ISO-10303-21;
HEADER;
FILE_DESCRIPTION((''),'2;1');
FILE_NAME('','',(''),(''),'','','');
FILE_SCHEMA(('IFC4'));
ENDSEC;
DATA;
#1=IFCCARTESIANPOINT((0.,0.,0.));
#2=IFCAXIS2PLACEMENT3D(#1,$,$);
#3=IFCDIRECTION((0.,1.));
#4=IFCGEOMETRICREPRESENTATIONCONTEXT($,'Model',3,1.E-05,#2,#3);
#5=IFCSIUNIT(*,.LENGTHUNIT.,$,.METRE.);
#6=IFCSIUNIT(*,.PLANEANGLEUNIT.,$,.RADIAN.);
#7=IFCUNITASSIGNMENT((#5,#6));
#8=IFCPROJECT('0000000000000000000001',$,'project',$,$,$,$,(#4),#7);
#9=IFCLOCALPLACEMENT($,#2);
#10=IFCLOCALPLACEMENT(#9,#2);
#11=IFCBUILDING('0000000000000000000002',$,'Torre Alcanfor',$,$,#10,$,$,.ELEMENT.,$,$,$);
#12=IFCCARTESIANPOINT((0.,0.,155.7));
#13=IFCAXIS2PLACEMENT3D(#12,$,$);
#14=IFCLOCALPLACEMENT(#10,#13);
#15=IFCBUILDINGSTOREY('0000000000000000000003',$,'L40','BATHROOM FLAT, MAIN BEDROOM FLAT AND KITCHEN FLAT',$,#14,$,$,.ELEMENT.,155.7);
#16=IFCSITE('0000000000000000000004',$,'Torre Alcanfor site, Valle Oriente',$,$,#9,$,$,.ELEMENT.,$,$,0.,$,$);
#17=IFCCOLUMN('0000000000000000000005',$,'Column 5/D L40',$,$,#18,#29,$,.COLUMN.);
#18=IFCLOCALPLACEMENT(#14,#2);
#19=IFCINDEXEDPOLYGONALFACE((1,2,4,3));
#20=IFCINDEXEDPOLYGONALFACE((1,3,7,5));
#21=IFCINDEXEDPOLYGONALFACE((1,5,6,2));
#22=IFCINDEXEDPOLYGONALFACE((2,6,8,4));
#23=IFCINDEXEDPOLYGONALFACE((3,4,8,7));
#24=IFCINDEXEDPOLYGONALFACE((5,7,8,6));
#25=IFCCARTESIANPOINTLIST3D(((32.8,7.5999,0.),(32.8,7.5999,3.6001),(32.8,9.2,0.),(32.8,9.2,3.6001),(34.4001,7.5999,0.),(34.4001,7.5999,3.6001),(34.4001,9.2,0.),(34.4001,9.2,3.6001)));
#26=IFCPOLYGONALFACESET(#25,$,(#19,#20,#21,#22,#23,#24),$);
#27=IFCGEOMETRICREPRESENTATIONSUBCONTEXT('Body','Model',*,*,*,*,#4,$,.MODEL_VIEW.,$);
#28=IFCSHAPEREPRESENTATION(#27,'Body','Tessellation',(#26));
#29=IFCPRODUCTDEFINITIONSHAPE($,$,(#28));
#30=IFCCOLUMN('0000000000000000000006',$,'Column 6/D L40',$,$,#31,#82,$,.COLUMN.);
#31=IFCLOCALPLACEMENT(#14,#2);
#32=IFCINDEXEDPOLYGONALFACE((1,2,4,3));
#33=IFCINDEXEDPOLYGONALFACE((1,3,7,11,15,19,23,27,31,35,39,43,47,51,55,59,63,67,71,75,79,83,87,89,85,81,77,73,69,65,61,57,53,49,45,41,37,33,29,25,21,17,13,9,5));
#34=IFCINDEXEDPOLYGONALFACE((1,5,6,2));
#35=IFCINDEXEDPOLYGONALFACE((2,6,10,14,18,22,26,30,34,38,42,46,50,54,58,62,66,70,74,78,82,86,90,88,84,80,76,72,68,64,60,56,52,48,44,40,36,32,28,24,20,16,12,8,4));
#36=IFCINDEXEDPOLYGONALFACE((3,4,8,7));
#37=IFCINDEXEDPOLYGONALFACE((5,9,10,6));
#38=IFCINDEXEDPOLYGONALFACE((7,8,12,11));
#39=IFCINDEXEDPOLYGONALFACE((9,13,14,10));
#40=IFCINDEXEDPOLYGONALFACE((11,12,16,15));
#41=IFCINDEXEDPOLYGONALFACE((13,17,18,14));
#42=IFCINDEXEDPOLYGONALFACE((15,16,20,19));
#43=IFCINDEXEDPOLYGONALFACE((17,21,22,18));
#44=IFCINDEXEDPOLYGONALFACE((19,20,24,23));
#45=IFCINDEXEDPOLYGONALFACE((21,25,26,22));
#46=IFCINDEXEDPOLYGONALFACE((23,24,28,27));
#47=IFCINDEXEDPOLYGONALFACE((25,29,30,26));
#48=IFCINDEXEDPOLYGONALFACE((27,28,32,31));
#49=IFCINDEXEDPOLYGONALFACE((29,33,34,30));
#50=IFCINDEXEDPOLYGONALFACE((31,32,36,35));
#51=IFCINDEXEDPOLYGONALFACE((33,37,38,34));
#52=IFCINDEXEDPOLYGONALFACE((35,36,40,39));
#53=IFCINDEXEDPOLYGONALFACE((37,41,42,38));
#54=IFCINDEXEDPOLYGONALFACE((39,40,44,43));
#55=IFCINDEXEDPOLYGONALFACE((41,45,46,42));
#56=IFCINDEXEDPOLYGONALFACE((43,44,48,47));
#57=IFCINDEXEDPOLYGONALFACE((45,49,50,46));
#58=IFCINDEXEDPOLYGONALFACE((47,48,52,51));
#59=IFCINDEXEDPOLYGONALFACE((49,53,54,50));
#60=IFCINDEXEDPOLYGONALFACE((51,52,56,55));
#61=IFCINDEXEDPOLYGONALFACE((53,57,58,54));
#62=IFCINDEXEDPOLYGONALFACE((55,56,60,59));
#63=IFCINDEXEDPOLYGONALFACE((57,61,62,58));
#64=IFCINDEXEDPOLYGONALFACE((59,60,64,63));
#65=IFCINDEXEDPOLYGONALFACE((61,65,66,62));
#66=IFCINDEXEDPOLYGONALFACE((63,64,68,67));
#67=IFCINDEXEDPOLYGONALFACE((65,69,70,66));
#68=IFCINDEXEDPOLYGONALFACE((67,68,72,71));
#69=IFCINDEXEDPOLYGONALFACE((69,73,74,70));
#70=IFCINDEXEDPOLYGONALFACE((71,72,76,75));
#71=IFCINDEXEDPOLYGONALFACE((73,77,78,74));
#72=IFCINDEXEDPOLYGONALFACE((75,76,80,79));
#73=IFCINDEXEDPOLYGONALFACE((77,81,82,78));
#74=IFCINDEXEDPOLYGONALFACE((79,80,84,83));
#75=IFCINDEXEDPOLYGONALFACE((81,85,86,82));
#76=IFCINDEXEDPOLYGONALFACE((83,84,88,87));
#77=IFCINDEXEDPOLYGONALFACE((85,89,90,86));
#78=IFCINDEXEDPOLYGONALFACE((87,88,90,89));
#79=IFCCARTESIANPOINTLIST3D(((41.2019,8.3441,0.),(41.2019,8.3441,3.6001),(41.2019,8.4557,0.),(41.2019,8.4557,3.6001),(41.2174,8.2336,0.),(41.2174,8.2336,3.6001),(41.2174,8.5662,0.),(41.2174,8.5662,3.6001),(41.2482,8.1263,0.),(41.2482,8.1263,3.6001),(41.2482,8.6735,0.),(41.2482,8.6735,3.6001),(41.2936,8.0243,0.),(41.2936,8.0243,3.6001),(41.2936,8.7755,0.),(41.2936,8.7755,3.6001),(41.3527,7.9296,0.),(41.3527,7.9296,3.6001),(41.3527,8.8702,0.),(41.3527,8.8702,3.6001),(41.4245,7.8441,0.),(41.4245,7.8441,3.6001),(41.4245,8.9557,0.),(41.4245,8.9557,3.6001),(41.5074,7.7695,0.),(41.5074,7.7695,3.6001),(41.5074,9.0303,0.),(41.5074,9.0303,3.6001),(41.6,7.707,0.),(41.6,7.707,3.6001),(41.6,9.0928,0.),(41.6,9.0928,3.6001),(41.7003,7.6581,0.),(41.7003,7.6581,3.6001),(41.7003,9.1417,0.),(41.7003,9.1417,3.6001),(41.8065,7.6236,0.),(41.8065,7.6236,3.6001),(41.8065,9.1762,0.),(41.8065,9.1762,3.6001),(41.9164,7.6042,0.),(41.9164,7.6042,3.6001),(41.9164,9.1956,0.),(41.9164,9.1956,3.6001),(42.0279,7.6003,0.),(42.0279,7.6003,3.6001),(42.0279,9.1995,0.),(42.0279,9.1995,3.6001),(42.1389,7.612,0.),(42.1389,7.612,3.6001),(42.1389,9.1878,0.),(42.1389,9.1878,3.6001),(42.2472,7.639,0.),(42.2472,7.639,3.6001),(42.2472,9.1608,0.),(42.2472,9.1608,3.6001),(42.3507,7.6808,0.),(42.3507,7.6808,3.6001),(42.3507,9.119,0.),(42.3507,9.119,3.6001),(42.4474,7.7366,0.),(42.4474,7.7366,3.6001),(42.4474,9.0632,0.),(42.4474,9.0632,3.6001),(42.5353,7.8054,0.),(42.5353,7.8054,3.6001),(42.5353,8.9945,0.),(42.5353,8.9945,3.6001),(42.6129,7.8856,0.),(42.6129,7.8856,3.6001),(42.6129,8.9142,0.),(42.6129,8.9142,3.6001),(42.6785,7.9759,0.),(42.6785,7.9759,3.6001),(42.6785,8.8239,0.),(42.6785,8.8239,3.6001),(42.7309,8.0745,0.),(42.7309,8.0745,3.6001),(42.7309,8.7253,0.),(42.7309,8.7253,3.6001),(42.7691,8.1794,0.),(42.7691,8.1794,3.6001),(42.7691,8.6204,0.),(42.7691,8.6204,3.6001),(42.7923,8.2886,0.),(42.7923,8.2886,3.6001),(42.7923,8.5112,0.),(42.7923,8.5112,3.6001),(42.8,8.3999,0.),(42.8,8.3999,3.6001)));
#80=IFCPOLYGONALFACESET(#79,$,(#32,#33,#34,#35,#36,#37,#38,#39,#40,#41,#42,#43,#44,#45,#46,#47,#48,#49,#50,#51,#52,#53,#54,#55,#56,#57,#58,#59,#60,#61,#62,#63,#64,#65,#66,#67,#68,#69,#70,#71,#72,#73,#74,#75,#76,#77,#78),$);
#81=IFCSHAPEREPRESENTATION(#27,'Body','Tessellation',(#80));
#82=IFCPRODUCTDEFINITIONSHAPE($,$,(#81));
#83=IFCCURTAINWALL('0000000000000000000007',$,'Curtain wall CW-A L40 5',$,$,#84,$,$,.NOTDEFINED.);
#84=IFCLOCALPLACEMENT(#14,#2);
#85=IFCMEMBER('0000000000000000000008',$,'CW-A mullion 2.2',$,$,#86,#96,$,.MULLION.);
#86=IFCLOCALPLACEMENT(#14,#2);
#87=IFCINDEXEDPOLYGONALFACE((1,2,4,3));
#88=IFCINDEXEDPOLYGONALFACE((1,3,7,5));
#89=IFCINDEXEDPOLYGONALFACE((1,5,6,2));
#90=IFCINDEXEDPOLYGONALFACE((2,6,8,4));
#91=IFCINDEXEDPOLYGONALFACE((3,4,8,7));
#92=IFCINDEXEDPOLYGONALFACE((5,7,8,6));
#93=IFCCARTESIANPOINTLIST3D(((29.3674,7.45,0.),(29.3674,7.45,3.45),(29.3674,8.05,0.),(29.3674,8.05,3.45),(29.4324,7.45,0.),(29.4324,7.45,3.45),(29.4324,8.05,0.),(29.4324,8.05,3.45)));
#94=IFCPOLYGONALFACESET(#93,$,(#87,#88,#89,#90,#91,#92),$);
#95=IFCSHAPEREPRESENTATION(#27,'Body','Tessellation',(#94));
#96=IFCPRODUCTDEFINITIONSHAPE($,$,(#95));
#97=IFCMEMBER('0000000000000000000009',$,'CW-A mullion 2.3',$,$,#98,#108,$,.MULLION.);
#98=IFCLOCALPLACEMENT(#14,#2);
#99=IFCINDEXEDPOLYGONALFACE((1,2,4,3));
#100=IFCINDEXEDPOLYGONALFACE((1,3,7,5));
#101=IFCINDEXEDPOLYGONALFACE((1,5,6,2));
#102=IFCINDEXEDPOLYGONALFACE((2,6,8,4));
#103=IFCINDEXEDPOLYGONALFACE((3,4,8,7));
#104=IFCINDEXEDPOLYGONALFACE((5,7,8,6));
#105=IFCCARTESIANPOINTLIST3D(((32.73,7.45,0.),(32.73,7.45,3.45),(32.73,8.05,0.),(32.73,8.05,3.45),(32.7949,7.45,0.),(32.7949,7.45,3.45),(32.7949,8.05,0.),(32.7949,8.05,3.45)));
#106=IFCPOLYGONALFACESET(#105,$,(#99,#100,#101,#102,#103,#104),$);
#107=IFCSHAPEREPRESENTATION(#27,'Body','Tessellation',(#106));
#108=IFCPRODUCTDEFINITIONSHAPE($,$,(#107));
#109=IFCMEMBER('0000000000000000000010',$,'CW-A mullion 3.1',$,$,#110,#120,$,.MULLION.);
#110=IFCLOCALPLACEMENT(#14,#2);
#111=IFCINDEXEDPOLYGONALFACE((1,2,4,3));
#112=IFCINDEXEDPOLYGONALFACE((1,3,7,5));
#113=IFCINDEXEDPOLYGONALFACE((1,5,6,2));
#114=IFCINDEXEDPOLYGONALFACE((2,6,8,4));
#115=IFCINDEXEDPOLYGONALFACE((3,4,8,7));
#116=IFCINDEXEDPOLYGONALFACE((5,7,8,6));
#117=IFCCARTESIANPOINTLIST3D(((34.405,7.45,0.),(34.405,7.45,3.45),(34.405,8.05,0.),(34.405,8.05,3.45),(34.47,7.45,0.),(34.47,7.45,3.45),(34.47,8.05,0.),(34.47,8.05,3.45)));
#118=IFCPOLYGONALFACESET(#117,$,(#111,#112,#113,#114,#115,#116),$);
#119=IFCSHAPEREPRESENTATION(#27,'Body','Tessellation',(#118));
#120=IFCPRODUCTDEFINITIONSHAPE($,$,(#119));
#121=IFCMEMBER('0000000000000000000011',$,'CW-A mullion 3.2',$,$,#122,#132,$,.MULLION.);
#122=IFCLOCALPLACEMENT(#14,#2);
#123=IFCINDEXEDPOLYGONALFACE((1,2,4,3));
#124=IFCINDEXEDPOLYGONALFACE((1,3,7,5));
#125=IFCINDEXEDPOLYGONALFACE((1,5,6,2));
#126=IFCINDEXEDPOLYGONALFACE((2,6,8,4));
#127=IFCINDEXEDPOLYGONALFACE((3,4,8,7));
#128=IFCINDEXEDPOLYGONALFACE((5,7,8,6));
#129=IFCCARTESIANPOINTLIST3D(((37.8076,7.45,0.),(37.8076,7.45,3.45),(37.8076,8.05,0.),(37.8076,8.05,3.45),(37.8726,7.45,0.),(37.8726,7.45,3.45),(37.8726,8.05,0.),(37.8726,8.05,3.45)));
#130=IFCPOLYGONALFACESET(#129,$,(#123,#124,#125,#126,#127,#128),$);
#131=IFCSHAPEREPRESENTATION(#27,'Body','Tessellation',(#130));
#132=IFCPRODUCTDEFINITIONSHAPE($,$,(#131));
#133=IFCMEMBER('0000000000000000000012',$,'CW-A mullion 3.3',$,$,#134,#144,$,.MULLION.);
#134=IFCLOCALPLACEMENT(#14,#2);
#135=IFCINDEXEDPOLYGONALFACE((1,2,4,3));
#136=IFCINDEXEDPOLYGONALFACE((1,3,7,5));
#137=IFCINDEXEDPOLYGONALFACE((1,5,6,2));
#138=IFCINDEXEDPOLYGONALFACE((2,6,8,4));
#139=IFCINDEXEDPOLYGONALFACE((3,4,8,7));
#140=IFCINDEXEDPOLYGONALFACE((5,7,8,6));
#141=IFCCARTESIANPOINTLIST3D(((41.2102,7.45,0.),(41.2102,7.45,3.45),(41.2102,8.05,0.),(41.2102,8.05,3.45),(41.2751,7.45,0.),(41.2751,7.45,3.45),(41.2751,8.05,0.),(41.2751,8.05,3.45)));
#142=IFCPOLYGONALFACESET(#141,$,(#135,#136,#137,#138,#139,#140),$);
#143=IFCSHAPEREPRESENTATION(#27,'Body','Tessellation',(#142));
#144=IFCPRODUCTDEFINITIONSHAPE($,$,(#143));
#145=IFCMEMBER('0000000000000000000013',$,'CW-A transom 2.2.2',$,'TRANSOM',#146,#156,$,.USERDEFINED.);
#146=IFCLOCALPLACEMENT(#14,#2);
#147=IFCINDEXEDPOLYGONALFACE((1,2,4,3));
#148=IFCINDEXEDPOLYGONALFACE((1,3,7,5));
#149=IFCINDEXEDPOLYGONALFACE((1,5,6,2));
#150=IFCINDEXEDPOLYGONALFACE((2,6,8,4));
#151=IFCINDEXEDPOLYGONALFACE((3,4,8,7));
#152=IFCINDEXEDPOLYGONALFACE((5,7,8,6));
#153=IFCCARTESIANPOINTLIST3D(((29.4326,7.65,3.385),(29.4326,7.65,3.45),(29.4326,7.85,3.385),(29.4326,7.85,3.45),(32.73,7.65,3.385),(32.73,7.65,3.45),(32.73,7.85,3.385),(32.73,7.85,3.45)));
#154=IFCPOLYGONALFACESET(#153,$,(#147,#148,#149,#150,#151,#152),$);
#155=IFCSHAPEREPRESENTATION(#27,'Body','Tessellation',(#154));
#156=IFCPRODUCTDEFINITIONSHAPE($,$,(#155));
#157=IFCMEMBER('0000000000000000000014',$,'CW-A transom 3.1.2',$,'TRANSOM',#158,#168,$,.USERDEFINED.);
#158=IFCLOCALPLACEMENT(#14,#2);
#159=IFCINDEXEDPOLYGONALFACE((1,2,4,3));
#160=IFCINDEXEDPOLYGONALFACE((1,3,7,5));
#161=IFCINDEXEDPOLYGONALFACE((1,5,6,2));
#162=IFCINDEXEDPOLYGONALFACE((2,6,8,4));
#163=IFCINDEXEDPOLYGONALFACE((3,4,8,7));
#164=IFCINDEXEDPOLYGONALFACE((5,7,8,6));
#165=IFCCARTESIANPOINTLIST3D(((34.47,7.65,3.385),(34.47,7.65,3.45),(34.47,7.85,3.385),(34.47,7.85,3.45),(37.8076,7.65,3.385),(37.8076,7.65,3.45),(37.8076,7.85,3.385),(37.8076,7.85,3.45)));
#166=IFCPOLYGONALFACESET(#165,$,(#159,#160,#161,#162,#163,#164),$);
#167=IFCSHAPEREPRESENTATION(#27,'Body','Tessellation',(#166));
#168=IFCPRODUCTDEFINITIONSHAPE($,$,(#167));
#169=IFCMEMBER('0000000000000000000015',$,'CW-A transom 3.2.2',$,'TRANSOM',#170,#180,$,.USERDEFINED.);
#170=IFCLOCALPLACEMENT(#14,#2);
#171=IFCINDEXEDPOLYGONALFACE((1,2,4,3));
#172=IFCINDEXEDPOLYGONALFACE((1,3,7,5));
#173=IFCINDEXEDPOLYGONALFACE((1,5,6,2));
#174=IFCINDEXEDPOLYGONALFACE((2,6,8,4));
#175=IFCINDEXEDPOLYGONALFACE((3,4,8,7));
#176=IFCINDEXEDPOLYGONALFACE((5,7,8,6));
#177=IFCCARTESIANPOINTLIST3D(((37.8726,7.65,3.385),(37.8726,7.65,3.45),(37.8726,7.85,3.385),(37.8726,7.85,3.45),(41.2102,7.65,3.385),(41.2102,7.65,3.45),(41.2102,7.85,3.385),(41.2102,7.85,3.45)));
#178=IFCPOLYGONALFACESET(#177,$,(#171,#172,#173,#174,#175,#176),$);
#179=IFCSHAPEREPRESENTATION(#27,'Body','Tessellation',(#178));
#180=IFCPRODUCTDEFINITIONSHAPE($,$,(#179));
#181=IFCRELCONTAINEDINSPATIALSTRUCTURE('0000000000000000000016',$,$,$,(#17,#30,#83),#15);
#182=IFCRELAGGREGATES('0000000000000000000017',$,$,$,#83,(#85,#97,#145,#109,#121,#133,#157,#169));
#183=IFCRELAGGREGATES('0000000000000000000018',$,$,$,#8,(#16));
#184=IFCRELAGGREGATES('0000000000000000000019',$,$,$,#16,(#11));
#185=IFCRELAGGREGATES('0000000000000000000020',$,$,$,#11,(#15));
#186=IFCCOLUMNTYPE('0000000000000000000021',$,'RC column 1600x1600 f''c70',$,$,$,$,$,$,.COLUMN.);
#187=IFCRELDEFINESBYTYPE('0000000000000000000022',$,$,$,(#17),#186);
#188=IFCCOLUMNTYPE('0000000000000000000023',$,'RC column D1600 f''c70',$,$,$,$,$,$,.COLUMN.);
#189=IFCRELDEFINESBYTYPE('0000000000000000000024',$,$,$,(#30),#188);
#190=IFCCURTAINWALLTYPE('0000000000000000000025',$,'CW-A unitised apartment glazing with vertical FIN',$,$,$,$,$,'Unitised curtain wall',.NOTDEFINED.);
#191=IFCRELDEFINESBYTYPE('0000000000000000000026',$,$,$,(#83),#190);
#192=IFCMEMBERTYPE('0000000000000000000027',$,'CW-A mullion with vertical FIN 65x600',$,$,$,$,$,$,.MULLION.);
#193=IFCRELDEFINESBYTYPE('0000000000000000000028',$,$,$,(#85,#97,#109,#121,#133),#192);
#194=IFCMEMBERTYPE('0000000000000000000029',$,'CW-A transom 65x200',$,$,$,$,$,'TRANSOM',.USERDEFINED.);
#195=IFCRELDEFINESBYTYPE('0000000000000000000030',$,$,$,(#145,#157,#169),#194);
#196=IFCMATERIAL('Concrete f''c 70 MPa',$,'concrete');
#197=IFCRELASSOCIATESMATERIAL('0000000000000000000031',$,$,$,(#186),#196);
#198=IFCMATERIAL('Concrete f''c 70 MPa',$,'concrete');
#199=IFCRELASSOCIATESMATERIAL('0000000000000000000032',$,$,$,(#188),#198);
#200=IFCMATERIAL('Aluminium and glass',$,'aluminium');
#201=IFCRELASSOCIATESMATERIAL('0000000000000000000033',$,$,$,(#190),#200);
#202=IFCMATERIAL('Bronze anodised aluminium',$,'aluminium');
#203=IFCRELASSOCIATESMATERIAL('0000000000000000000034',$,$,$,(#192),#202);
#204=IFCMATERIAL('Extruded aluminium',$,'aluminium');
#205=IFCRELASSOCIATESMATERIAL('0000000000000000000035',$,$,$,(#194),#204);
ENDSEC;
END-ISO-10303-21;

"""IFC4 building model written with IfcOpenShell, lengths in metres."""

from ifc_helpers import new_model, si_unit, direction, frame, origin, origin_2d, place, context, subcontext, project, spatial, rectangle, circle, extrude, material, material_profile, profile_set, type_object, element, aggregate, save


model = new_model("IFC4")

# Units and contexts
model_context = context("Model", 3, precision=1e-05, world=origin(), true_north=direction((0.0, 1.0)))
body_context = subcontext(model_context, "Body", "Model", "MODEL_VIEW")
ifc_project = project(units=[si_unit("LENGTHUNIT", "METRE"), si_unit("PLANEANGLEUNIT", "RADIAN")], contexts=[model_context])

# Site, building, storey
site_placement = place(None, origin())
site = spatial("IfcSite", under=ifc_project, at=site_placement, Name="Torre Alcanfor site, Valle Oriente", CompositionType="ELEMENT", RefElevation=0.0)
building_placement = place(site_placement, origin())
building = spatial("IfcBuilding", under=site, at=building_placement, Name="Torre Alcanfor", CompositionType="ELEMENT")
storey_placement = place(building_placement, frame((0.0, 0.0, 155.7)))
storey = spatial("IfcBuildingStorey", under=building, at=storey_placement, Name="L40", Description="BATHROOM FLAT, MAIN BEDROOM FLAT AND KITCHEN FLAT", CompositionType="ELEMENT", Elevation=155.7)

# Columns
ifc_material_1 = material(Name="Concrete f'c 70 MPa", Category="concrete")
ifc_material_profile_1 = material_profile(ifc_material_1, rectangle(XDim=1.6001, YDim=1.6001, at=origin_2d()), Name="1600x1600")
ifc_profile_set_1 = profile_set([ifc_material_profile_1], Name="Concrete f'c 70 MPa")
column_type_1 = type_object("IfcColumnType", Name="RC column 1600x1600 f'c70", PredefinedType="COLUMN", material=ifc_profile_set_1)
column_1_placement = place(storey_placement, frame((33.6001, 8.3999, 0.0), z_axis=(0.0, 0.0, 1.0), x_axis=(1.0, 0.0, 0.0)))
element("IfcColumn", 1, at=column_1_placement, inside=storey, type_object=column_type_1, Name="Column 5/D L40", PredefinedType="COLUMN", context=body_context, shape_type="SweptSolid", body=[
    extrude(rectangle(XDim=1.6001, YDim=1.6001, at=origin_2d()), origin(), (0.0, 0.0, 1.0), 3.6001),
])
ifc_material_2 = material(Name="Concrete f'c 70 MPa", Category="concrete")
ifc_material_profile_2 = material_profile(ifc_material_2, circle(Radius=0.8, at=origin_2d()), Name="D1600")
ifc_profile_set_2 = profile_set([ifc_material_profile_2], Name="Concrete f'c 70 MPa")
column_type_2 = type_object("IfcColumnType", Name="RC column D1600 f'c70", PredefinedType="COLUMN", material=ifc_profile_set_2)
column_2_placement = place(storey_placement, frame((42.0, 8.3999, 0.0), z_axis=(0.0, 0.0, 1.0), x_axis=(1.0, 0.0, 0.0)))
element("IfcColumn", 2, at=column_2_placement, inside=storey, type_object=column_type_2, Name="Column 6/D L40", PredefinedType="COLUMN", context=body_context, shape_type="SweptSolid", body=[
    extrude(circle(Radius=0.8, at=origin_2d()), origin(), (0.0, 0.0, 1.0), 3.6001),
])

# Curtain wall, members
ifc_material_3 = material(Name="Aluminium and glass", Category="aluminium")
curtain_wall_type = type_object("IfcCurtainWallType", Name="CW-A unitised apartment glazing with vertical FIN", ElementType="Unitised curtain wall", PredefinedType="NOTDEFINED", material=ifc_material_3)
curtain_wall_placement = place(storey_placement, origin())
curtain_wall = element("IfcCurtainWall", 3, at=curtain_wall_placement, inside=storey, type_object=curtain_wall_type, Name="Curtain wall CW-A L40 5", PredefinedType="NOTDEFINED")
ifc_material_4 = material(Name="Bronze anodised aluminium", Category="aluminium")
ifc_material_profile_3 = material_profile(ifc_material_4, rectangle(XDim=0.6001, YDim=0.0649, at=origin_2d()), Name="CW-A mullion 65x600")
ifc_profile_set_3 = profile_set([ifc_material_profile_3], Name="Bronze anodised aluminium")
member_type_1 = type_object("IfcMemberType", Name="CW-A mullion with vertical FIN 65x600", PredefinedType="MULLION", material=ifc_profile_set_3)
member_1_placement = place(storey_placement, frame((29.3999, 7.75, 0.0), z_axis=(0.0, 0.0, 1.0), x_axis=(0.0, 1.0, 0.0)))
member_1 = element("IfcMember", 4, at=member_1_placement, type_object=member_type_1, Name="CW-A mullion 2.2", PredefinedType="MULLION", context=body_context, shape_type="SweptSolid", body=[
    extrude(rectangle(XDim=0.6001, YDim=0.0649, at=origin_2d()), origin(), (0.0, 0.0, 1.0), 3.45),
])
member_2_placement = place(storey_placement, frame((32.7625, 7.75, 0.0), z_axis=(0.0, 0.0, 1.0), x_axis=(0.0, 1.0, 0.0)))
member_2 = element("IfcMember", 5, at=member_2_placement, type_object=member_type_1, Name="CW-A mullion 2.3", PredefinedType="MULLION", context=body_context, shape_type="SweptSolid", body=[
    extrude(rectangle(XDim=0.6001, YDim=0.0649, at=origin_2d()), origin(), (0.0, 0.0, 1.0), 3.45),
])
member_3_placement = place(storey_placement, frame((34.4375, 7.75, 0.0), z_axis=(0.0, 0.0, 1.0), x_axis=(0.0, 1.0, 0.0)))
member_3 = element("IfcMember", 6, at=member_3_placement, type_object=member_type_1, Name="CW-A mullion 3.1", PredefinedType="MULLION", context=body_context, shape_type="SweptSolid", body=[
    extrude(rectangle(XDim=0.6001, YDim=0.0649, at=origin_2d()), origin(), (0.0, 0.0, 1.0), 3.45),
])
member_4_placement = place(storey_placement, frame((37.8401, 7.75, 0.0), z_axis=(0.0, 0.0, 1.0), x_axis=(0.0, 1.0, 0.0)))
member_4 = element("IfcMember", 7, at=member_4_placement, type_object=member_type_1, Name="CW-A mullion 3.2", PredefinedType="MULLION", context=body_context, shape_type="SweptSolid", body=[
    extrude(rectangle(XDim=0.6001, YDim=0.0649, at=origin_2d()), origin(), (0.0, 0.0, 1.0), 3.45),
])
member_5_placement = place(storey_placement, frame((41.2427, 7.75, 0.0), z_axis=(0.0, 0.0, 1.0), x_axis=(0.0, 1.0, 0.0)))
member_5 = element("IfcMember", 8, at=member_5_placement, type_object=member_type_1, Name="CW-A mullion 3.3", PredefinedType="MULLION", context=body_context, shape_type="SweptSolid", body=[
    extrude(rectangle(XDim=0.6001, YDim=0.0649, at=origin_2d()), origin(), (0.0, 0.0, 1.0), 3.45),
])
ifc_material_5 = material(Name="Extruded aluminium", Category="aluminium")
ifc_material_profile_4 = material_profile(ifc_material_5, rectangle(XDim=0.2, YDim=0.0649, at=origin_2d()), Name="CW-A transom 200x65")
ifc_profile_set_4 = profile_set([ifc_material_profile_4], Name="Extruded aluminium")
member_type_2 = type_object("IfcMemberType", Name="CW-A transom 65x200", ElementType="TRANSOM", PredefinedType="USERDEFINED", material=ifc_profile_set_4)
member_6_placement = place(storey_placement, frame((29.4326, 7.75, 3.4175), z_axis=(1.0, 0.0, 0.0), x_axis=(0.0, 1.0, 0.0)))
member_6 = element("IfcMember", 9, at=member_6_placement, type_object=member_type_2, Name="CW-A transom 2.2.2", ObjectType="TRANSOM", PredefinedType="USERDEFINED", context=body_context, shape_type="SweptSolid", body=[
    extrude(rectangle(XDim=0.2, YDim=0.0649, at=origin_2d()), origin(), (0.0, 0.0, 1.0), 3.2974),
])
member_7_placement = place(storey_placement, frame((34.47, 7.75, 3.4175), z_axis=(1.0, 0.0, 0.0), x_axis=(0.0, 1.0, 0.0)))
member_7 = element("IfcMember", 10, at=member_7_placement, type_object=member_type_2, Name="CW-A transom 3.1.2", ObjectType="TRANSOM", PredefinedType="USERDEFINED", context=body_context, shape_type="SweptSolid", body=[
    extrude(rectangle(XDim=0.2, YDim=0.0649, at=origin_2d()), origin(), (0.0, 0.0, 1.0), 3.3376),
])
member_8_placement = place(storey_placement, frame((37.8726, 7.75, 3.4175), z_axis=(1.0, 0.0, 0.0), x_axis=(0.0, 1.0, 0.0)))
member_8 = element("IfcMember", 11, at=member_8_placement, type_object=member_type_2, Name="CW-A transom 3.2.2", ObjectType="TRANSOM", PredefinedType="USERDEFINED", context=body_context, shape_type="SweptSolid", body=[
    extrude(rectangle(XDim=0.2, YDim=0.0649, at=origin_2d()), origin(), (0.0, 0.0, 1.0), 3.3376),
])

aggregate(curtain_wall, [member_1, member_2, member_6, member_3, member_4, member_5, member_7, member_8])

save(model, "model.ifc")
